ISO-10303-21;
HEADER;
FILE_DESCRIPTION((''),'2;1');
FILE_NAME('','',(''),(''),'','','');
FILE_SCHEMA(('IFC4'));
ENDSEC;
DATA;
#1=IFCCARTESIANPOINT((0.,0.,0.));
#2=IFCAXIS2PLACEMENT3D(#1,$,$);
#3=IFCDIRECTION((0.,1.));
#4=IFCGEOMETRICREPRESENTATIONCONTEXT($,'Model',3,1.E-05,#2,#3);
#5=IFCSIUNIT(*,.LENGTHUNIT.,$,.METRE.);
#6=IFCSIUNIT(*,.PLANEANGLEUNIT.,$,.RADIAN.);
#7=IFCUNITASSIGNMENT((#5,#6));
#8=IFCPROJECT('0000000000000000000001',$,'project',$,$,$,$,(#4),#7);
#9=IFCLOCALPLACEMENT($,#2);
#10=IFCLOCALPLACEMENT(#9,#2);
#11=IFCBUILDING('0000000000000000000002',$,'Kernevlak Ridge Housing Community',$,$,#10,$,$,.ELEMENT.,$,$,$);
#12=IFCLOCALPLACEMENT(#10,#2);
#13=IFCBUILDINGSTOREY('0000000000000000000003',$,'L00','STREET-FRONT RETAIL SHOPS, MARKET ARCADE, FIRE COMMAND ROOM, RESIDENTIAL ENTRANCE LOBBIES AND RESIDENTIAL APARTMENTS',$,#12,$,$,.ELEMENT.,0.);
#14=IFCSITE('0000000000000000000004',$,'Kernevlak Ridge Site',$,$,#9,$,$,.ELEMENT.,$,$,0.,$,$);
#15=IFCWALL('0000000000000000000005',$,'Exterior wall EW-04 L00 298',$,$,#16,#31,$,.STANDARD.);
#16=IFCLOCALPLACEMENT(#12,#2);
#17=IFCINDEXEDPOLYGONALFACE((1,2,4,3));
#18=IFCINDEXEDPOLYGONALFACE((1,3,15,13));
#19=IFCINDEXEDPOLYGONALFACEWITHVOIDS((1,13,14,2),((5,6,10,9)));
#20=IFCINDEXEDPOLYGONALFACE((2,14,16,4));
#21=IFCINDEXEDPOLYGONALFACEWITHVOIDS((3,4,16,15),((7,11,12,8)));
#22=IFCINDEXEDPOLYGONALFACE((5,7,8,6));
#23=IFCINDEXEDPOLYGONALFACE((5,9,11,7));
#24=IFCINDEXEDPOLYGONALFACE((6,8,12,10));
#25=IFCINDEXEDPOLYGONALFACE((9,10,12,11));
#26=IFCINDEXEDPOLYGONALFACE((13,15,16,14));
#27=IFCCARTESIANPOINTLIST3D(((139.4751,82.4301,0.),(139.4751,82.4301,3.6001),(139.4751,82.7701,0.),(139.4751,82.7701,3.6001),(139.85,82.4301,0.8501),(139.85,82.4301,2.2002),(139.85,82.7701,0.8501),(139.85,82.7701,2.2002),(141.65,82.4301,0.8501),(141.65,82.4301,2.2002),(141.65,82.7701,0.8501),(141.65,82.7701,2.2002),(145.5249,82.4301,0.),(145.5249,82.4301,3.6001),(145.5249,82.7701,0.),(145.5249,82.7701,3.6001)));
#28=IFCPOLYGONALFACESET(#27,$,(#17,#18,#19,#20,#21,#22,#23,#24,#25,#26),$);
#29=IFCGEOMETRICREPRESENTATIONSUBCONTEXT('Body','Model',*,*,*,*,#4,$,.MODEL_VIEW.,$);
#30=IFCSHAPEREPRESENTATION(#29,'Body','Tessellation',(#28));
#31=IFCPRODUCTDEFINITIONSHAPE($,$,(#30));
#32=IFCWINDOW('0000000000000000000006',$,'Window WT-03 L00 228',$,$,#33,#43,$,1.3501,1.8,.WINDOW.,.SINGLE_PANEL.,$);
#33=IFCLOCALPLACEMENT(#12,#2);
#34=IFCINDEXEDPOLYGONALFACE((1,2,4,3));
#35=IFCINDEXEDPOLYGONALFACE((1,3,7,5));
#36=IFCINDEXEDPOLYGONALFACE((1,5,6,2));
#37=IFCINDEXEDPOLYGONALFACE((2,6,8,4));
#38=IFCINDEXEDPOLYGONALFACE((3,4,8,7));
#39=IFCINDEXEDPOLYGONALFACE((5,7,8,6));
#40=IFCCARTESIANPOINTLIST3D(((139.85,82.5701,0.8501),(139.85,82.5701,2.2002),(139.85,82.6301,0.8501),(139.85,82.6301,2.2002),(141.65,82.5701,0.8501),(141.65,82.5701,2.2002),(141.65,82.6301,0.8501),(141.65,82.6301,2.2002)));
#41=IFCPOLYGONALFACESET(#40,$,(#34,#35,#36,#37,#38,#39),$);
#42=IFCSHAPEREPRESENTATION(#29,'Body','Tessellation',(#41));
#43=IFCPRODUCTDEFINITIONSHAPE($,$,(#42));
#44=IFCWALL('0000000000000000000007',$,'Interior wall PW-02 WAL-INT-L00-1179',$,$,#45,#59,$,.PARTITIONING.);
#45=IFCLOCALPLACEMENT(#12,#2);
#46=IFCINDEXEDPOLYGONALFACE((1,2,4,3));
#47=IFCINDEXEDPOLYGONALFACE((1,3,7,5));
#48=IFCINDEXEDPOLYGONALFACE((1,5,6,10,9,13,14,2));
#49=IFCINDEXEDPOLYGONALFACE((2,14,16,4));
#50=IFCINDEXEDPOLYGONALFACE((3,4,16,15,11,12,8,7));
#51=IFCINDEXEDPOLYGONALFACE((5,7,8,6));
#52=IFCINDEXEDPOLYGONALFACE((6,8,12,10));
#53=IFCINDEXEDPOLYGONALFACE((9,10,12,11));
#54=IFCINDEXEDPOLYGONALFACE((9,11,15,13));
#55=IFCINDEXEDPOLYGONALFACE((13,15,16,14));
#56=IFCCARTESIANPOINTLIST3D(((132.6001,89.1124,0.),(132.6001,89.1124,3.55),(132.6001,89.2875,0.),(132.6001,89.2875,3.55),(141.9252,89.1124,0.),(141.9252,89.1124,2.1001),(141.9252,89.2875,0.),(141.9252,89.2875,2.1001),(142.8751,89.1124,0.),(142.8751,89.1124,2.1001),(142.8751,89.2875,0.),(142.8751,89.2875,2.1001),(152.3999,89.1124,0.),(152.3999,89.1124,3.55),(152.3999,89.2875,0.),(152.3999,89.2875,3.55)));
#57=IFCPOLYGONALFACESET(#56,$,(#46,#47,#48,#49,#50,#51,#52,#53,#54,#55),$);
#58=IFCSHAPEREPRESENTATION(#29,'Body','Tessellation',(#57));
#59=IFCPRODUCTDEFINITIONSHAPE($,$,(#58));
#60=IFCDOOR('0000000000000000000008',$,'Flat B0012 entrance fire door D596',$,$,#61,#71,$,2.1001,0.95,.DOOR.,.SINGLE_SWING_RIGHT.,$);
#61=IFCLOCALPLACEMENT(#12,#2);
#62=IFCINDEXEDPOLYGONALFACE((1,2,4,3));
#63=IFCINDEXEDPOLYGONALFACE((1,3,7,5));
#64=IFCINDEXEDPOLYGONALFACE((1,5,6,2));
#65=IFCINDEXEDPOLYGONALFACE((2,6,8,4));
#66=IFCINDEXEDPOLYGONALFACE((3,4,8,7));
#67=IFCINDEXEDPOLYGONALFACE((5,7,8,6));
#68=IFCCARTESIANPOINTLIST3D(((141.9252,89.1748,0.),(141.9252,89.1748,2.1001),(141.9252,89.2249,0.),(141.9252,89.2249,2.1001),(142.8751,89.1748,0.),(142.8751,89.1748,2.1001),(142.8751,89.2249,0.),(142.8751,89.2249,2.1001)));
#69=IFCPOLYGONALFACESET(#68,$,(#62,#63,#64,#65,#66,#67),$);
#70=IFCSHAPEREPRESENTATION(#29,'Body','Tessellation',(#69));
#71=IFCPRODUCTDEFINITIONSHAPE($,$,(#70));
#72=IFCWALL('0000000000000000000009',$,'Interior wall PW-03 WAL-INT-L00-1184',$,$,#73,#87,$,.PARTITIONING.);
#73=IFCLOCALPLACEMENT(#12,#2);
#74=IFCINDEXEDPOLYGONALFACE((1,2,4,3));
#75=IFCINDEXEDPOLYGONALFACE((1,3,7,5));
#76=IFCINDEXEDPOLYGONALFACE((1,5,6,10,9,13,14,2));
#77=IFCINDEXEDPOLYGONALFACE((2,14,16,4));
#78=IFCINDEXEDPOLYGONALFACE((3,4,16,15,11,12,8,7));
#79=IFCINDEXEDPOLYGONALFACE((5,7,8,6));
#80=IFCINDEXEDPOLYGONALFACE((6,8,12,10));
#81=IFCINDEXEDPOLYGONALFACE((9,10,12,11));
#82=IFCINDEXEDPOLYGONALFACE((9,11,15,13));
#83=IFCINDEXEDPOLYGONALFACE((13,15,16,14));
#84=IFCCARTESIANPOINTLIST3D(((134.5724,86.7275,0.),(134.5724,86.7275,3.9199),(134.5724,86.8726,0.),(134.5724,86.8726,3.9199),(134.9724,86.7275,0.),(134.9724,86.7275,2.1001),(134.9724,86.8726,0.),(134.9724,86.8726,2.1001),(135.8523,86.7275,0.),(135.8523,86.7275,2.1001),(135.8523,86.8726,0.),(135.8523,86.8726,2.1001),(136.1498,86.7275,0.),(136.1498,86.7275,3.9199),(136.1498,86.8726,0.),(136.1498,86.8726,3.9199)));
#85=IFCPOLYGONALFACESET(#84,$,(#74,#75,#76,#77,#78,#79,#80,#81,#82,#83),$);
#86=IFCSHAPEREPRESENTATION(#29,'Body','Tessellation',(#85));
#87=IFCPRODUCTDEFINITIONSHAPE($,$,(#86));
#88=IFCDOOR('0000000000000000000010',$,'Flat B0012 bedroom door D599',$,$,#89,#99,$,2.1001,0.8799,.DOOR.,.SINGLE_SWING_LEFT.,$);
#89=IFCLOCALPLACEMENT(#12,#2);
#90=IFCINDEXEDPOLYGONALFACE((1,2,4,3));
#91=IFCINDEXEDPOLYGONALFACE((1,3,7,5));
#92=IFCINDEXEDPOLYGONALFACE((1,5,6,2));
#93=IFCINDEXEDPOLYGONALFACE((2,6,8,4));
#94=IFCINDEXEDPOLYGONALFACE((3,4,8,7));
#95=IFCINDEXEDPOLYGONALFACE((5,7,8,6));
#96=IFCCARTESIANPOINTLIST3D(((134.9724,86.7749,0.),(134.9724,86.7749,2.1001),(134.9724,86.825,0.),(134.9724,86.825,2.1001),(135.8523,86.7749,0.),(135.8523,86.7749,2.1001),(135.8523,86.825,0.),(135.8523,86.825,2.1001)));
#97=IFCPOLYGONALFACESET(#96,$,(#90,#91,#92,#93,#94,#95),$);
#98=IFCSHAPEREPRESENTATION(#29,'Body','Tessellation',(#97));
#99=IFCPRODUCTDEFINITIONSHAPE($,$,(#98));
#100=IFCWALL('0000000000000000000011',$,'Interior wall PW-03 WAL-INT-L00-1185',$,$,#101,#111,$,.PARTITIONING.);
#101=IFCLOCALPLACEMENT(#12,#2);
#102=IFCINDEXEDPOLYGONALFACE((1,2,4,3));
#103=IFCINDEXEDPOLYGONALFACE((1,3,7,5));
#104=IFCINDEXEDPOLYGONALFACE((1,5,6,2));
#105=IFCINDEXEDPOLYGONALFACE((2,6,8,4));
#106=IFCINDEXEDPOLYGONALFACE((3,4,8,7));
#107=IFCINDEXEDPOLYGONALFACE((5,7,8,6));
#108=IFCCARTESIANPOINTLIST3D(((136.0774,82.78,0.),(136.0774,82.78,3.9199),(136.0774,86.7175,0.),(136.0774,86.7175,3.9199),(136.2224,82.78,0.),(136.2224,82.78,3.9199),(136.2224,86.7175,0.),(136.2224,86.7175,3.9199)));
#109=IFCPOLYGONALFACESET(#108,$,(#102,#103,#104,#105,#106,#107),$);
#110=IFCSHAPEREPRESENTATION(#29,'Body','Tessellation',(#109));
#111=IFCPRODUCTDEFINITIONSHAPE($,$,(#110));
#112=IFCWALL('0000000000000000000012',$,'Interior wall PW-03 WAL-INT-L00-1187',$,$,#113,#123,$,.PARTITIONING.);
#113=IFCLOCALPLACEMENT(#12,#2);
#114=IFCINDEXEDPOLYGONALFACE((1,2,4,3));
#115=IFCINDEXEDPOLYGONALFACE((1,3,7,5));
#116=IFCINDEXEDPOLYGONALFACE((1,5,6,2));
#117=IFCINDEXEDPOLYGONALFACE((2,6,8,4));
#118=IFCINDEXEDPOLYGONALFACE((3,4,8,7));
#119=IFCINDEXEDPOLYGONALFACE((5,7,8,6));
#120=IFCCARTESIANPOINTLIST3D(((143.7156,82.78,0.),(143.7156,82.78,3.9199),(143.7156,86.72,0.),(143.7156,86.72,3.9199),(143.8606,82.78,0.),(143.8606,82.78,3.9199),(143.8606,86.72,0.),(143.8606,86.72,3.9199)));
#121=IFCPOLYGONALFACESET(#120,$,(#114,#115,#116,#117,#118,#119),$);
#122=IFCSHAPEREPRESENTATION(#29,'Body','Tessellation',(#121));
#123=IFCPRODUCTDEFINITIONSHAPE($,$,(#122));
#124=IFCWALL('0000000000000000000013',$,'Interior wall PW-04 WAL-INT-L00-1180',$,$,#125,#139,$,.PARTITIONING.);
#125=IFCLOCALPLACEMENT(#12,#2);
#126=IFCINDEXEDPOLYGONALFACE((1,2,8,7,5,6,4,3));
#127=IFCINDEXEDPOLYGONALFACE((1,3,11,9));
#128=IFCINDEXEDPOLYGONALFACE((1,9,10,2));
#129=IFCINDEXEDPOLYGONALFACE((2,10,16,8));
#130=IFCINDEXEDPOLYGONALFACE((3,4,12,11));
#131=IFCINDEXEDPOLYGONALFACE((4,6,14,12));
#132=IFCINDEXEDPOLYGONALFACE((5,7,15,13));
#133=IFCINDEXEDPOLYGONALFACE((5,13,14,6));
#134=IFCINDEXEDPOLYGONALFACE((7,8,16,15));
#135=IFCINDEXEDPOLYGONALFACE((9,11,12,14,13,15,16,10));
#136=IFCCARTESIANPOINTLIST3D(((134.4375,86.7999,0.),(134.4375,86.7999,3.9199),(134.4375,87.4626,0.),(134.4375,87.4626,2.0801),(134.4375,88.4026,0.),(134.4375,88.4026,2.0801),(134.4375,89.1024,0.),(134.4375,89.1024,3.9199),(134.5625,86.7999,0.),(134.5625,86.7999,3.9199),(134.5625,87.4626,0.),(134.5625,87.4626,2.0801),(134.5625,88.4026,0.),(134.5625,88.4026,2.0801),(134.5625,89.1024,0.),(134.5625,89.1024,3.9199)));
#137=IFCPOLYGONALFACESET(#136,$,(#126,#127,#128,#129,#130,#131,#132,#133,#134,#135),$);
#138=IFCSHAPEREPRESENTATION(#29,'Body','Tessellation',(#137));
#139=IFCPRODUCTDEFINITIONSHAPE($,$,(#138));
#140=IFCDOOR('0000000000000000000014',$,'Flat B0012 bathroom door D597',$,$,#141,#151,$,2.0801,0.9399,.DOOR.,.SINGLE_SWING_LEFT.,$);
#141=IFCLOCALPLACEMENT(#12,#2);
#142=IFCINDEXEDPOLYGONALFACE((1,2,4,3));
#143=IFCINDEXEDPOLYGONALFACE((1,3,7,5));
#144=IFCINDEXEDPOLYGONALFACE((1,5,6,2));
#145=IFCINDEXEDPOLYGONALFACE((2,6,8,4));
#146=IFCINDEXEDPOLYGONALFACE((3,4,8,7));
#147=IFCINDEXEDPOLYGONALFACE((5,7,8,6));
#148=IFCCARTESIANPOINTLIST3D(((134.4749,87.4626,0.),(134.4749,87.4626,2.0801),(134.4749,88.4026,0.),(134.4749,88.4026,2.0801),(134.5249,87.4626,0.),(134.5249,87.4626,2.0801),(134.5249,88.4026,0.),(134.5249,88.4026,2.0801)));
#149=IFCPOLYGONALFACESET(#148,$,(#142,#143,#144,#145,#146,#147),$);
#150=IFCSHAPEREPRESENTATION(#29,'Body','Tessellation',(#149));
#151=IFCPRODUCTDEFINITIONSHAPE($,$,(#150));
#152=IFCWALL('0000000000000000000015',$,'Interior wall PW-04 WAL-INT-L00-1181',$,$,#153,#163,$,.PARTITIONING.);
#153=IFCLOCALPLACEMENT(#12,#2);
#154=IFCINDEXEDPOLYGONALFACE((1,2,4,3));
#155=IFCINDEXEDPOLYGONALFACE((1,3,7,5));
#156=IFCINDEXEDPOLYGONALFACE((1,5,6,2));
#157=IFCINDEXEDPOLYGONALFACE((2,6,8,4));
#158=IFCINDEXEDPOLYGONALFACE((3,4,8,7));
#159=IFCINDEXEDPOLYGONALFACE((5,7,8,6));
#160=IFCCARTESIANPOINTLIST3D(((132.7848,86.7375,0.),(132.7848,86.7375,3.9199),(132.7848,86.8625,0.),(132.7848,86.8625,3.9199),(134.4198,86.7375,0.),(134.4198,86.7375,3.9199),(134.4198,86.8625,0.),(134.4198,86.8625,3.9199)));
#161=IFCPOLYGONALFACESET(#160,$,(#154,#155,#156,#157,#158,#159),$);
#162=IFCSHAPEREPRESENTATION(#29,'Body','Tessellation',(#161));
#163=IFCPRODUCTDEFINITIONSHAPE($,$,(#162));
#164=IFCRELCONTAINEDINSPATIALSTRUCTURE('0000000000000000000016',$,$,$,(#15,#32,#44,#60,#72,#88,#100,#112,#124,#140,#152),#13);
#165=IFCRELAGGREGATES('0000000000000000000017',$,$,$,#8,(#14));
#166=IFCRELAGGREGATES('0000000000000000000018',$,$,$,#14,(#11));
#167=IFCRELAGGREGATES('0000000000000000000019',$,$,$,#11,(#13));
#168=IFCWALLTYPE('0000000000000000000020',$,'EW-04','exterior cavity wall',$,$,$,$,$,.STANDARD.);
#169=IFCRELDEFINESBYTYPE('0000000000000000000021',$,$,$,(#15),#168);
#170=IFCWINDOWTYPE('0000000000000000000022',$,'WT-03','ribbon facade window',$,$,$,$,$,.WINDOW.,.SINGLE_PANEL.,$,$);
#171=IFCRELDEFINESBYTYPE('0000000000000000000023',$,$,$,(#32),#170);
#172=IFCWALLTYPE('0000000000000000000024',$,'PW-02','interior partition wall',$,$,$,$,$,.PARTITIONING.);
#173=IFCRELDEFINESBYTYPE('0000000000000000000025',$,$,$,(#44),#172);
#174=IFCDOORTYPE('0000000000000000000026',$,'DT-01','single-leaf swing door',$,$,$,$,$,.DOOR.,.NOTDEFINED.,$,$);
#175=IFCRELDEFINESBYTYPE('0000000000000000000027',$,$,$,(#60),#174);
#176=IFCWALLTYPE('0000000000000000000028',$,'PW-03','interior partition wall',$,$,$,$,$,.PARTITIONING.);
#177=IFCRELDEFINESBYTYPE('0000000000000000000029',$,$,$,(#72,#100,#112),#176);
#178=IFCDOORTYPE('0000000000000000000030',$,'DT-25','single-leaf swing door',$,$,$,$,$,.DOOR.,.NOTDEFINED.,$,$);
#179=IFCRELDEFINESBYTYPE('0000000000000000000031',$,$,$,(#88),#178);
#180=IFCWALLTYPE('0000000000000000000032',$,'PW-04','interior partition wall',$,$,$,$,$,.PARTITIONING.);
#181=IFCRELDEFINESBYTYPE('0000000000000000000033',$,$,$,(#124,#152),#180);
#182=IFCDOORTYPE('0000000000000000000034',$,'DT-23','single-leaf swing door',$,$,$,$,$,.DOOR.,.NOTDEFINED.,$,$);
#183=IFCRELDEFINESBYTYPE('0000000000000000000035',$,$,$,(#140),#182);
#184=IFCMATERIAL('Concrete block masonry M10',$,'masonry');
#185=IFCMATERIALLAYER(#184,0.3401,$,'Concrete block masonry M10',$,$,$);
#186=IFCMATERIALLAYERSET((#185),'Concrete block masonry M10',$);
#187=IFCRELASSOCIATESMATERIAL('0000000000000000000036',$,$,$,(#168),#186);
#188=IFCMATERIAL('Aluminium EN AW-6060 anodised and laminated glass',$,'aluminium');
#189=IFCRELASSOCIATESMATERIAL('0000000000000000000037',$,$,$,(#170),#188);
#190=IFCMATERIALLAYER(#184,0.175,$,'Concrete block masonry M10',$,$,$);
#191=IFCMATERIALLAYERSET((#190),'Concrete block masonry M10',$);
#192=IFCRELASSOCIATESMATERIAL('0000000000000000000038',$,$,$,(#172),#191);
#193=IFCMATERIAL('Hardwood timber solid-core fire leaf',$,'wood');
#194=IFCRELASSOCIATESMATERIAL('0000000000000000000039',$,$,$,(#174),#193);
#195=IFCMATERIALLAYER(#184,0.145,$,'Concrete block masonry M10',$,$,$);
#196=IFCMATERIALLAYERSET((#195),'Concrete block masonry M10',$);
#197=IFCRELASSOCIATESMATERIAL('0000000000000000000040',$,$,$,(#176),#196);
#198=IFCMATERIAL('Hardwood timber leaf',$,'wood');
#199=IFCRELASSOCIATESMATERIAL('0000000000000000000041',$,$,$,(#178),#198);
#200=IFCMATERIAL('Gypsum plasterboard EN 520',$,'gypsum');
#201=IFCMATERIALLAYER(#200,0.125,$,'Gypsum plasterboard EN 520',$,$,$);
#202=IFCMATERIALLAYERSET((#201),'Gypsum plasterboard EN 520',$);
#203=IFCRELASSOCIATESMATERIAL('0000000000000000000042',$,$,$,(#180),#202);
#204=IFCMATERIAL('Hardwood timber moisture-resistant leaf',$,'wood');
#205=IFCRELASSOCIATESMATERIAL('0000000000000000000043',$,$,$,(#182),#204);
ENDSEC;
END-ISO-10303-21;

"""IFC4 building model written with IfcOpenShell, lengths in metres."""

from ifc_helpers import new_model, si_unit, direction, frame, frame_2d, origin, place, context, subcontext, project, spatial, rectangle, extrude, material, layer, layer_set, type_object, element, fill, save


model = new_model("IFC4")

# Units and contexts
model_context = context("Model", 3, precision=1e-05, world=origin(), true_north=direction((0.0, 1.0)))
body_context = subcontext(model_context, "Body", "Model", "MODEL_VIEW")
ifc_project = project(units=[si_unit("LENGTHUNIT", "METRE"), si_unit("PLANEANGLEUNIT", "RADIAN")], contexts=[model_context])

# Site, building, storey
site_placement = place(None, origin())
site = spatial("IfcSite", under=ifc_project, at=site_placement, Name="Kernevlak Ridge Site", CompositionType="ELEMENT", RefElevation=0.0)
building_placement = place(site_placement, origin())
building = spatial("IfcBuilding", under=site, at=building_placement, Name="Kernevlak Ridge Housing Community", CompositionType="ELEMENT")
storey_placement = place(building_placement, origin())
storey = spatial("IfcBuildingStorey", under=building, at=storey_placement, Name="L00", Description="STREET-FRONT RETAIL SHOPS, MARKET ARCADE, FIRE COMMAND ROOM, RESIDENTIAL ENTRANCE LOBBIES AND RESIDENTIAL APARTMENTS", CompositionType="ELEMENT", Elevation=0.0)

# Wall, opening, window
ifc_material_1 = material(Name="Concrete block masonry M10", Category="masonry")
ifc_layer_1 = layer(ifc_material_1, 0.3401, Name="Concrete block masonry M10")
ifc_layer_set_1 = layer_set([ifc_layer_1], Name="Concrete block masonry M10")
wall_type_1 = type_object("IfcWallType", Name="EW-04", Description="exterior cavity wall", PredefinedType="STANDARD", material=ifc_layer_set_1)
ifc_material_2 = material(Name="Aluminium EN AW-6060 anodised and laminated glass", Category="aluminium")
window_type = type_object("IfcWindowType", Name="WT-03", Description="ribbon facade window", PartitioningType="SINGLE_PANEL", PredefinedType="WINDOW", material=ifc_material_2)
wall_1_placement = place(storey_placement, frame((139.4751, 82.6001, 0.0), z_axis=(0.0, 0.0, 1.0), x_axis=(1.0, 0.0, 0.0)))
wall_1 = element("IfcWall", 1, at=wall_1_placement, inside=storey, type_object=wall_type_1, Name="Exterior wall EW-04 L00 298", PredefinedType="STANDARD", context=body_context, shape_type="SweptSolid", body=[
    extrude(rectangle(XDim=6.0498, YDim=0.3401, at=frame_2d((3.0249, 0.0))), origin(), (0.0, 0.0, 1.0), 3.6001),
])
opening_1_placement = place(wall_1_placement, frame((0.375, 0.0, 0.8501)))
opening_1 = element("IfcOpeningElement", 2, at=opening_1_placement, cuts=wall_1, PredefinedType="OPENING", context=body_context, shape_type="SweptSolid", body=[
    extrude(rectangle(XDim=1.8, YDim=1.3501, at=frame_2d((0.8999, 0.675))), frame((0.0, 0.1799, 0.0), z_axis=(0.0, -1.0, 0.0), x_axis=(1.0, 0.0, 0.0)), (0.0, 0.0, 1.0), 0.3601),
])
window_1_placement = place(opening_1_placement, origin())
window_1 = element("IfcWindow", 3, at=window_1_placement, inside=storey, type_object=window_type, Name="Window WT-03 L00 228", OverallHeight=1.3501, OverallWidth=1.8, PartitioningType="SINGLE_PANEL", PredefinedType="WINDOW", context=body_context, shape_type="SweptSolid", body=[
    extrude(rectangle(XDim=1.8, YDim=1.3501, at=frame_2d((0.8999, 0.675))), frame((0.0, 0.03, 0.0), z_axis=(0.0, -1.0, 0.0), x_axis=(1.0, 0.0, 0.0)), (0.0, 0.0, 1.0), 0.0601),
])
fill(opening_1, window_1)

# Walls, openings, doors
ifc_layer_2 = layer(ifc_material_1, 0.175, Name="Concrete block masonry M10")
ifc_layer_set_2 = layer_set([ifc_layer_2], Name="Concrete block masonry M10")
wall_type_2 = type_object("IfcWallType", Name="PW-02", Description="interior partition wall", PredefinedType="PARTITIONING", material=ifc_layer_set_2)
wall_2_placement = place(storey_placement, frame((132.6001, 89.2, 0.0), z_axis=(0.0, 0.0, 1.0), x_axis=(1.0, 0.0, 0.0)))
wall_2 = element("IfcWall", 4, at=wall_2_placement, inside=storey, type_object=wall_type_2, Name="Interior wall PW-02 WAL-INT-L00-1179", PredefinedType="PARTITIONING", context=body_context, shape_type="SweptSolid", body=[
    extrude(rectangle(XDim=19.7998, YDim=0.175, at=frame_2d((9.8999, 0.0))), origin(), (0.0, 0.0, 1.0), 3.55),
])
opening_2_placement = place(wall_2_placement, frame((9.325, 0.0, 0.0)))
opening_2 = element("IfcOpeningElement", 5, at=opening_2_placement, cuts=wall_2, PredefinedType="OPENING", context=body_context, shape_type="SweptSolid", body=[
    extrude(rectangle(XDim=0.95, YDim=2.1001, at=frame_2d((0.4751, 1.05))), frame((0.0, 0.0974, 0.0), z_axis=(0.0, -1.0, 0.0), x_axis=(1.0, 0.0, 0.0)), (0.0, 0.0, 1.0), 0.1951),
])
ifc_material_3 = material(Name="Hardwood timber solid-core fire leaf", Category="wood")
door_type_1 = type_object("IfcDoorType", Name="DT-01", Description="single-leaf swing door", OperationType="NOTDEFINED", PredefinedType="DOOR", material=ifc_material_3)
door_1_placement = place(opening_2_placement, origin())
door_1 = element("IfcDoor", 6, at=door_1_placement, inside=storey, type_object=door_type_1, Name="Flat B0012 entrance fire door D596", OperationType="SINGLE_SWING_RIGHT", OverallHeight=2.1001, OverallWidth=0.95, PredefinedType="DOOR", context=body_context, shape_type="SweptSolid", body=[
    extrude(rectangle(XDim=0.95, YDim=2.1001, at=frame_2d((0.4751, 1.05))), frame((0.0, 0.0249, 0.0), z_axis=(0.0, -1.0, 0.0), x_axis=(1.0, 0.0, 0.0)), (0.0, 0.0, 1.0), 0.05),
])
fill(opening_2, door_1)
ifc_layer_3 = layer(ifc_material_1, 0.145, Name="Concrete block masonry M10")
ifc_layer_set_3 = layer_set([ifc_layer_3], Name="Concrete block masonry M10")
wall_type_3 = type_object("IfcWallType", Name="PW-03", Description="interior partition wall", PredefinedType="PARTITIONING", material=ifc_layer_set_3)
wall_3_placement = place(storey_placement, frame((134.5725, 86.8, 0.0), z_axis=(0.0, 0.0, 1.0), x_axis=(1.0, 0.0, 0.0)))
wall_3 = element("IfcWall", 7, at=wall_3_placement, inside=storey, type_object=wall_type_3, Name="Interior wall PW-03 WAL-INT-L00-1184", PredefinedType="PARTITIONING", context=body_context, shape_type="SweptSolid", body=[
    extrude(rectangle(XDim=1.5774, YDim=0.145, at=frame_2d((0.7886, 0.0))), origin(), (0.0, 0.0, 1.0), 3.9199),
])
opening_3_placement = place(wall_3_placement, frame((0.3999, 0.0, 0.0)))
opening_3 = element("IfcOpeningElement", 8, at=opening_3_placement, cuts=wall_3, PredefinedType="OPENING", context=body_context, shape_type="SweptSolid", body=[
    extrude(rectangle(XDim=0.8799, YDim=2.1001, at=frame_2d((0.4399, 1.05))), frame((0.0, 0.0825, 0.0), z_axis=(0.0, -1.0, 0.0), x_axis=(1.0, 0.0, 0.0)), (0.0, 0.0, 1.0), 0.165),
])
ifc_material_4 = material(Name="Hardwood timber leaf", Category="wood")
door_type_2 = type_object("IfcDoorType", Name="DT-25", Description="single-leaf swing door", OperationType="NOTDEFINED", PredefinedType="DOOR", material=ifc_material_4)
door_2_placement = place(opening_3_placement, origin())
door_2 = element("IfcDoor", 9, at=door_2_placement, inside=storey, type_object=door_type_2, Name="Flat B0012 bedroom door D599", OperationType="SINGLE_SWING_LEFT", OverallHeight=2.1001, OverallWidth=0.8799, PredefinedType="DOOR", context=body_context, shape_type="SweptSolid", body=[
    extrude(rectangle(XDim=0.8799, YDim=2.1001, at=frame_2d((0.4399, 1.05))), frame((0.0, 0.0249, 0.0), z_axis=(0.0, -1.0, 0.0), x_axis=(1.0, 0.0, 0.0)), (0.0, 0.0, 1.0), 0.05),
])
fill(opening_3, door_2)

# Walls
wall_4_placement = place(storey_placement, frame((136.1499, 86.7175, 0.0), z_axis=(0.0, 0.0, 1.0), x_axis=(0.0, -1.0, 0.0)))
element("IfcWall", 10, at=wall_4_placement, inside=storey, type_object=wall_type_3, Name="Interior wall PW-03 WAL-INT-L00-1185", PredefinedType="PARTITIONING", context=body_context, shape_type="SweptSolid", body=[
    extrude(rectangle(XDim=3.9375, YDim=0.145, at=frame_2d((1.9688, 0.0))), origin(), (0.0, 0.0, 1.0), 3.9199),
])
wall_5_placement = place(storey_placement, frame((143.7881, 86.72, 0.0), z_axis=(0.0, 0.0, 1.0), x_axis=(0.0, -1.0, 0.0)))
element("IfcWall", 11, at=wall_5_placement, inside=storey, type_object=wall_type_3, Name="Interior wall PW-03 WAL-INT-L00-1187", PredefinedType="PARTITIONING", context=body_context, shape_type="SweptSolid", body=[
    extrude(rectangle(XDim=3.9399, YDim=0.145, at=frame_2d((1.97, 0.0))), origin(), (0.0, 0.0, 1.0), 3.9199),
])

# Wall, opening, door
ifc_material_5 = material(Name="Gypsum plasterboard EN 520", Category="gypsum")
ifc_layer_4 = layer(ifc_material_5, 0.125, Name="Gypsum plasterboard EN 520")
ifc_layer_set_4 = layer_set([ifc_layer_4], Name="Gypsum plasterboard EN 520")
wall_type_4 = type_object("IfcWallType", Name="PW-04", Description="interior partition wall", PredefinedType="PARTITIONING", material=ifc_layer_set_4)
wall_6_placement = place(storey_placement, frame((134.5, 89.1025, 0.0), z_axis=(0.0, 0.0, 1.0), x_axis=(0.0, -1.0, 0.0)))
wall_6 = element("IfcWall", 12, at=wall_6_placement, inside=storey, type_object=wall_type_4, Name="Interior wall PW-04 WAL-INT-L00-1180", PredefinedType="PARTITIONING", context=body_context, shape_type="SweptSolid", body=[
    extrude(rectangle(XDim=2.3025, YDim=0.125, at=frame_2d((1.1514, 0.0))), origin(), (0.0, 0.0, 1.0), 3.9199),
])
opening_4_placement = place(wall_6_placement, frame((0.7, 0.0, 0.0)))
opening_4 = element("IfcOpeningElement", 13, at=opening_4_placement, cuts=wall_6, PredefinedType="OPENING", context=body_context, shape_type="SweptSolid", body=[
    extrude(rectangle(XDim=0.9399, YDim=2.0801, at=frame_2d((0.47, 1.04))), frame((0.0, 0.0725, 0.0), z_axis=(0.0, -1.0, 0.0), x_axis=(1.0, 0.0, 0.0)), (0.0, 0.0, 1.0), 0.145),
])
ifc_material_6 = material(Name="Hardwood timber moisture-resistant leaf", Category="wood")
door_type_3 = type_object("IfcDoorType", Name="DT-23", Description="single-leaf swing door", OperationType="NOTDEFINED", PredefinedType="DOOR", material=ifc_material_6)
door_3_placement = place(opening_4_placement, origin())
door_3 = element("IfcDoor", 14, at=door_3_placement, inside=storey, type_object=door_type_3, Name="Flat B0012 bathroom door D597", OperationType="SINGLE_SWING_LEFT", OverallHeight=2.0801, OverallWidth=0.9399, PredefinedType="DOOR", context=body_context, shape_type="SweptSolid", body=[
    extrude(rectangle(XDim=0.9399, YDim=2.0801, at=frame_2d((0.47, 1.04))), frame((0.0, 0.0249, 0.0), z_axis=(0.0, -1.0, 0.0), x_axis=(1.0, 0.0, 0.0)), (0.0, 0.0, 1.0), 0.05),
])
fill(opening_4, door_3)

# Wall
wall_7_placement = place(storey_placement, frame((132.7849, 86.8, 0.0), z_axis=(0.0, 0.0, 1.0), x_axis=(1.0, 0.0, 0.0)))
element("IfcWall", 15, at=wall_7_placement, inside=storey, type_object=wall_type_4, Name="Interior wall PW-04 WAL-INT-L00-1181", PredefinedType="PARTITIONING", context=body_context, shape_type="SweptSolid", body=[
    extrude(rectangle(XDim=1.635, YDim=0.125, at=frame_2d((0.8174, 0.0))), origin(), (0.0, 0.0, 1.0), 3.9199),
])

save(model, "model.ifc")
